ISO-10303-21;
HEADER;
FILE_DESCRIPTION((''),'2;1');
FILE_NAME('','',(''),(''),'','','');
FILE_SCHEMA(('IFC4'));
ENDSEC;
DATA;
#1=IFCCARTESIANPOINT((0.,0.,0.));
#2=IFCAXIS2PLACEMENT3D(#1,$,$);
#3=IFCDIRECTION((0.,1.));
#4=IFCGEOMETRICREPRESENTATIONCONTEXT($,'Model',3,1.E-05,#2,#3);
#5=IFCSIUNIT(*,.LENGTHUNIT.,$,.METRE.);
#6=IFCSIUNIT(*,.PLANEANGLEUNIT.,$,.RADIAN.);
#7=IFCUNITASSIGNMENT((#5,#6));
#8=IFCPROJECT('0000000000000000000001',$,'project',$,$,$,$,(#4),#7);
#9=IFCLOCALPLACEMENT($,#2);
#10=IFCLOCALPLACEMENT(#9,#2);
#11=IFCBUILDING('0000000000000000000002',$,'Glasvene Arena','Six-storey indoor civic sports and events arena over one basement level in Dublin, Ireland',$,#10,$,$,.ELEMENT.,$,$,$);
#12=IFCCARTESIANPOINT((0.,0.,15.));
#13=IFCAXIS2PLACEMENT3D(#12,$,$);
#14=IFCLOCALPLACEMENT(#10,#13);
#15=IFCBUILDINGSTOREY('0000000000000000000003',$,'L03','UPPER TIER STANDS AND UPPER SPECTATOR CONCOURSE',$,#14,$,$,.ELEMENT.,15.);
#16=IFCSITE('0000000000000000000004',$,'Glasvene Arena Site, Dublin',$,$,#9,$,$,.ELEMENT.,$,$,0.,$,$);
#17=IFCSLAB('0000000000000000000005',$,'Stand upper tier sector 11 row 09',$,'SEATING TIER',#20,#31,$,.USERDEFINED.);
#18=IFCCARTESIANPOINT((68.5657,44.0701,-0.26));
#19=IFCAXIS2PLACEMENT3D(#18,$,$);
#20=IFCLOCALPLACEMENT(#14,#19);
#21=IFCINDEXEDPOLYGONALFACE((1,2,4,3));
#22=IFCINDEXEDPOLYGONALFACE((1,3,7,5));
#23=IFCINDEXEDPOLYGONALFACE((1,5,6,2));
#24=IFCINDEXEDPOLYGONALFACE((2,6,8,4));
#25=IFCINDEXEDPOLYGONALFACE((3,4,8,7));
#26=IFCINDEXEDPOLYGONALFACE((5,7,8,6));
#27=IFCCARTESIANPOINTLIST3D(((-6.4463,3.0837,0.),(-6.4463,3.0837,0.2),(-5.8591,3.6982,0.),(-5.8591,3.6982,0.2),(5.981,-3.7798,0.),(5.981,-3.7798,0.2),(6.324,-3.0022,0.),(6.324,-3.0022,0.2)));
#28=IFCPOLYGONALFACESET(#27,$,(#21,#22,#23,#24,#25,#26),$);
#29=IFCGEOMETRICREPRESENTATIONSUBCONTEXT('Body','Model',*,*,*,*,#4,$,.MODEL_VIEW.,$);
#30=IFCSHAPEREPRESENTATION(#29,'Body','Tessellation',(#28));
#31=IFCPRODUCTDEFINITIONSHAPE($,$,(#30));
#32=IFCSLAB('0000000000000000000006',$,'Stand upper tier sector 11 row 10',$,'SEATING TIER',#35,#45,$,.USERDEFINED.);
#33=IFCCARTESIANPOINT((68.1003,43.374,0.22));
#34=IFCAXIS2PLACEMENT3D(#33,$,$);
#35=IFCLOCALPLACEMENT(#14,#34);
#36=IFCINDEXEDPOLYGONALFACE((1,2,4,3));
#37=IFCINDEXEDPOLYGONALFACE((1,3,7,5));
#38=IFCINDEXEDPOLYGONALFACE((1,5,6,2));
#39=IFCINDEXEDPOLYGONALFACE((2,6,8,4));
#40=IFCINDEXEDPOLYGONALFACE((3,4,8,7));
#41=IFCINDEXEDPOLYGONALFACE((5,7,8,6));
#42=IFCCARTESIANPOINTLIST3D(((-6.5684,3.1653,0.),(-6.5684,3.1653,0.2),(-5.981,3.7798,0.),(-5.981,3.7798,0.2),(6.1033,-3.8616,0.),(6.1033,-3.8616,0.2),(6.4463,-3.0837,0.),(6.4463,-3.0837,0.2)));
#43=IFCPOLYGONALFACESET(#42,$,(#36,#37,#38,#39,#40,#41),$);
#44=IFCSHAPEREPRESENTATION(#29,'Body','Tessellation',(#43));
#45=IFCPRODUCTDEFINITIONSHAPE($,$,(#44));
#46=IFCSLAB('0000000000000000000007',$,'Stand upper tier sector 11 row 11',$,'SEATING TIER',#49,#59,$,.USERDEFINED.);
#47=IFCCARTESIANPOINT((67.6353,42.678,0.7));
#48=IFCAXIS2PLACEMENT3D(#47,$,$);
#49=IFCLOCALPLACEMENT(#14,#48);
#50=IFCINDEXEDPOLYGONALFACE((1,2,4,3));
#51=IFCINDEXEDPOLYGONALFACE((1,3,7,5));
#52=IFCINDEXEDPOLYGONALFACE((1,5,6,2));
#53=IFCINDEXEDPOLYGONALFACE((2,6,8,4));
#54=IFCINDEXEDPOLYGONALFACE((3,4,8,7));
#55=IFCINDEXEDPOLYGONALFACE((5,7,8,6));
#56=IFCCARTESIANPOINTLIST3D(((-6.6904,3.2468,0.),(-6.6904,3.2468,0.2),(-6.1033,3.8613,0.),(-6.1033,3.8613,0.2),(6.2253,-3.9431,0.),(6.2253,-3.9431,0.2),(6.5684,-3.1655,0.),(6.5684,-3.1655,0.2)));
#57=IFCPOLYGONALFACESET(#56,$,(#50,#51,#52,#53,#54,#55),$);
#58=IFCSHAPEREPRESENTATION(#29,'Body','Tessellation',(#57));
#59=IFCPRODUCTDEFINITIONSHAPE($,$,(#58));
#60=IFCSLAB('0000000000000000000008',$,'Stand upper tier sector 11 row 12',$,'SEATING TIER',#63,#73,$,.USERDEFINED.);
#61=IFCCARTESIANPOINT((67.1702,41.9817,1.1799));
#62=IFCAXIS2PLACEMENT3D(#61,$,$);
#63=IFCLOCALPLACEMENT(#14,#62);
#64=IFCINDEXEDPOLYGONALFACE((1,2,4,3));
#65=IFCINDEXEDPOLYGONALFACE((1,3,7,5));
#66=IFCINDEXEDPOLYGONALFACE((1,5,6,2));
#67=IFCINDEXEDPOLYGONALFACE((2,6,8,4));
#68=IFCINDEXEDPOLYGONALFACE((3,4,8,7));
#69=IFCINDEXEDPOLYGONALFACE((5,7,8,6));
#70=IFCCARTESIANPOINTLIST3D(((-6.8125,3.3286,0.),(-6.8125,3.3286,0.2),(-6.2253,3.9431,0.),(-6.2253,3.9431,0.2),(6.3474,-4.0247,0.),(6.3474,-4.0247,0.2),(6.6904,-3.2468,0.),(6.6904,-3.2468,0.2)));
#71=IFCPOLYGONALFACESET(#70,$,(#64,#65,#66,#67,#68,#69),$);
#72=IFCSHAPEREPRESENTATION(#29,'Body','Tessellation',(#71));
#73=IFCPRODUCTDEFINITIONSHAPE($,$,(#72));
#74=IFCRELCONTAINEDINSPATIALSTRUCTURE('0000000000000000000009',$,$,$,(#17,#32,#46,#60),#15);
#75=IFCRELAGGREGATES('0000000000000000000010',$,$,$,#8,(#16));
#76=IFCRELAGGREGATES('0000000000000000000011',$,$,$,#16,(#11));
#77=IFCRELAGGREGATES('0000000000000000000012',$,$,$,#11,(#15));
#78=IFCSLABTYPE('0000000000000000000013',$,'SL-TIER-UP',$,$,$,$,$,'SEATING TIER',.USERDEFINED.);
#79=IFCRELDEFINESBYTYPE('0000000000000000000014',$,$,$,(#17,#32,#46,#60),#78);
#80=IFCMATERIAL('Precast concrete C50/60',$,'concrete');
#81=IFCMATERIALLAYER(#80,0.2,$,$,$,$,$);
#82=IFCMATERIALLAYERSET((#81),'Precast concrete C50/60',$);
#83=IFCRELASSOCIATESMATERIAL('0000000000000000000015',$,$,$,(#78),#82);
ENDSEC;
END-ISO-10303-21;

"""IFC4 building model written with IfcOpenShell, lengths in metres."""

from ifc_helpers import new_model, si_unit, direction, frame, origin, place, context, subcontext, project, spatial, polyline, outline, extrude, material, layer, layer_set, type_object, element, save


model = new_model("IFC4")

# Units and contexts
model_context = context("Model", 3, precision=1e-05, world=origin(), true_north=direction((0.0, 1.0)))
body_context = subcontext(model_context, "Body", "Model", "MODEL_VIEW")
ifc_project = project(units=[si_unit("LENGTHUNIT", "METRE"), si_unit("PLANEANGLEUNIT", "RADIAN")], contexts=[model_context])

# Site, building, storey
site_placement = place(None, origin())
site = spatial("IfcSite", under=ifc_project, at=site_placement, Name="Glasvene Arena Site, Dublin", CompositionType="ELEMENT", RefElevation=0.0)
building_placement = place(site_placement, origin())
building = spatial("IfcBuilding", under=site, at=building_placement, Name="Glasvene Arena", Description="Six-storey indoor civic sports and events arena over one basement level in Dublin, Ireland", CompositionType="ELEMENT")
storey_placement = place(building_placement, frame((0.0, 0.0, 15.0)))
storey = spatial("IfcBuildingStorey", under=building, at=storey_placement, Name="L03", Description="UPPER TIER STANDS AND UPPER SPECTATOR CONCOURSE", CompositionType="ELEMENT", Elevation=15.0)

# Shared definitions
ifc_material_1 = material(Name="Precast concrete C50/60", Category="concrete")

# Slabs
ifc_layer_1 = layer(ifc_material_1, 0.2)
ifc_layer_set_1 = layer_set([ifc_layer_1], Name="Precast concrete C50/60")
slab_type = type_object("IfcSlabType", Name="SL-TIER-UP", ElementType="SEATING TIER", PredefinedType="USERDEFINED", material=ifc_layer_set_1)
slab_1_placement = place(storey_placement, frame((68.5657, 44.0701, -0.26)))
element("IfcSlab", 1, at=slab_1_placement, inside=storey, type_object=slab_type, Name="Stand upper tier sector 11 row 09", ObjectType="SEATING TIER", PredefinedType="USERDEFINED", context=body_context, shape_type="SweptSolid", body=[
    extrude(outline(polyline([(-5.8591, 3.6982), (6.324, -3.0022), (5.981, -3.7798), (-6.4463, 3.0837), (-5.8591, 3.6982)])), origin(), (0.0, 0.0, 1.0), 0.2),
])
slab_2_placement = place(storey_placement, frame((68.1003, 43.374, 0.22)))
element("IfcSlab", 2, at=slab_2_placement, inside=storey, type_object=slab_type, Name="Stand upper tier sector 11 row 10", ObjectType="SEATING TIER", PredefinedType="USERDEFINED", context=body_context, shape_type="SweptSolid", body=[
    extrude(outline(polyline([(-5.981, 3.7798), (6.4463, -3.0837), (6.1033, -3.8616), (-6.5684, 3.1653), (-5.981, 3.7798)])), origin(), (0.0, 0.0, 1.0), 0.2),
])
slab_3_placement = place(storey_placement, frame((67.6353, 42.678, 0.7)))
element("IfcSlab", 3, at=slab_3_placement, inside=storey, type_object=slab_type, Name="Stand upper tier sector 11 row 11", ObjectType="SEATING TIER", PredefinedType="USERDEFINED", context=body_context, shape_type="SweptSolid", body=[
    extrude(outline(polyline([(-6.1033, 3.8613), (6.5684, -3.1655), (6.2253, -3.9431), (-6.6904, 3.2468), (-6.1033, 3.8613)])), origin(), (0.0, 0.0, 1.0), 0.2),
])
slab_4_placement = place(storey_placement, frame((67.1702, 41.9817, 1.1799)))
element("IfcSlab", 4, at=slab_4_placement, inside=storey, type_object=slab_type, Name="Stand upper tier sector 11 row 12", ObjectType="SEATING TIER", PredefinedType="USERDEFINED", context=body_context, shape_type="SweptSolid", body=[
    extrude(outline(polyline([(-6.2253, 3.9431), (6.6904, -3.2468), (6.3474, -4.0247), (-6.8125, 3.3286), (-6.2253, 3.9431)])), origin(), (0.0, 0.0, 1.0), 0.2),
])

save(model, "model.ifc")
